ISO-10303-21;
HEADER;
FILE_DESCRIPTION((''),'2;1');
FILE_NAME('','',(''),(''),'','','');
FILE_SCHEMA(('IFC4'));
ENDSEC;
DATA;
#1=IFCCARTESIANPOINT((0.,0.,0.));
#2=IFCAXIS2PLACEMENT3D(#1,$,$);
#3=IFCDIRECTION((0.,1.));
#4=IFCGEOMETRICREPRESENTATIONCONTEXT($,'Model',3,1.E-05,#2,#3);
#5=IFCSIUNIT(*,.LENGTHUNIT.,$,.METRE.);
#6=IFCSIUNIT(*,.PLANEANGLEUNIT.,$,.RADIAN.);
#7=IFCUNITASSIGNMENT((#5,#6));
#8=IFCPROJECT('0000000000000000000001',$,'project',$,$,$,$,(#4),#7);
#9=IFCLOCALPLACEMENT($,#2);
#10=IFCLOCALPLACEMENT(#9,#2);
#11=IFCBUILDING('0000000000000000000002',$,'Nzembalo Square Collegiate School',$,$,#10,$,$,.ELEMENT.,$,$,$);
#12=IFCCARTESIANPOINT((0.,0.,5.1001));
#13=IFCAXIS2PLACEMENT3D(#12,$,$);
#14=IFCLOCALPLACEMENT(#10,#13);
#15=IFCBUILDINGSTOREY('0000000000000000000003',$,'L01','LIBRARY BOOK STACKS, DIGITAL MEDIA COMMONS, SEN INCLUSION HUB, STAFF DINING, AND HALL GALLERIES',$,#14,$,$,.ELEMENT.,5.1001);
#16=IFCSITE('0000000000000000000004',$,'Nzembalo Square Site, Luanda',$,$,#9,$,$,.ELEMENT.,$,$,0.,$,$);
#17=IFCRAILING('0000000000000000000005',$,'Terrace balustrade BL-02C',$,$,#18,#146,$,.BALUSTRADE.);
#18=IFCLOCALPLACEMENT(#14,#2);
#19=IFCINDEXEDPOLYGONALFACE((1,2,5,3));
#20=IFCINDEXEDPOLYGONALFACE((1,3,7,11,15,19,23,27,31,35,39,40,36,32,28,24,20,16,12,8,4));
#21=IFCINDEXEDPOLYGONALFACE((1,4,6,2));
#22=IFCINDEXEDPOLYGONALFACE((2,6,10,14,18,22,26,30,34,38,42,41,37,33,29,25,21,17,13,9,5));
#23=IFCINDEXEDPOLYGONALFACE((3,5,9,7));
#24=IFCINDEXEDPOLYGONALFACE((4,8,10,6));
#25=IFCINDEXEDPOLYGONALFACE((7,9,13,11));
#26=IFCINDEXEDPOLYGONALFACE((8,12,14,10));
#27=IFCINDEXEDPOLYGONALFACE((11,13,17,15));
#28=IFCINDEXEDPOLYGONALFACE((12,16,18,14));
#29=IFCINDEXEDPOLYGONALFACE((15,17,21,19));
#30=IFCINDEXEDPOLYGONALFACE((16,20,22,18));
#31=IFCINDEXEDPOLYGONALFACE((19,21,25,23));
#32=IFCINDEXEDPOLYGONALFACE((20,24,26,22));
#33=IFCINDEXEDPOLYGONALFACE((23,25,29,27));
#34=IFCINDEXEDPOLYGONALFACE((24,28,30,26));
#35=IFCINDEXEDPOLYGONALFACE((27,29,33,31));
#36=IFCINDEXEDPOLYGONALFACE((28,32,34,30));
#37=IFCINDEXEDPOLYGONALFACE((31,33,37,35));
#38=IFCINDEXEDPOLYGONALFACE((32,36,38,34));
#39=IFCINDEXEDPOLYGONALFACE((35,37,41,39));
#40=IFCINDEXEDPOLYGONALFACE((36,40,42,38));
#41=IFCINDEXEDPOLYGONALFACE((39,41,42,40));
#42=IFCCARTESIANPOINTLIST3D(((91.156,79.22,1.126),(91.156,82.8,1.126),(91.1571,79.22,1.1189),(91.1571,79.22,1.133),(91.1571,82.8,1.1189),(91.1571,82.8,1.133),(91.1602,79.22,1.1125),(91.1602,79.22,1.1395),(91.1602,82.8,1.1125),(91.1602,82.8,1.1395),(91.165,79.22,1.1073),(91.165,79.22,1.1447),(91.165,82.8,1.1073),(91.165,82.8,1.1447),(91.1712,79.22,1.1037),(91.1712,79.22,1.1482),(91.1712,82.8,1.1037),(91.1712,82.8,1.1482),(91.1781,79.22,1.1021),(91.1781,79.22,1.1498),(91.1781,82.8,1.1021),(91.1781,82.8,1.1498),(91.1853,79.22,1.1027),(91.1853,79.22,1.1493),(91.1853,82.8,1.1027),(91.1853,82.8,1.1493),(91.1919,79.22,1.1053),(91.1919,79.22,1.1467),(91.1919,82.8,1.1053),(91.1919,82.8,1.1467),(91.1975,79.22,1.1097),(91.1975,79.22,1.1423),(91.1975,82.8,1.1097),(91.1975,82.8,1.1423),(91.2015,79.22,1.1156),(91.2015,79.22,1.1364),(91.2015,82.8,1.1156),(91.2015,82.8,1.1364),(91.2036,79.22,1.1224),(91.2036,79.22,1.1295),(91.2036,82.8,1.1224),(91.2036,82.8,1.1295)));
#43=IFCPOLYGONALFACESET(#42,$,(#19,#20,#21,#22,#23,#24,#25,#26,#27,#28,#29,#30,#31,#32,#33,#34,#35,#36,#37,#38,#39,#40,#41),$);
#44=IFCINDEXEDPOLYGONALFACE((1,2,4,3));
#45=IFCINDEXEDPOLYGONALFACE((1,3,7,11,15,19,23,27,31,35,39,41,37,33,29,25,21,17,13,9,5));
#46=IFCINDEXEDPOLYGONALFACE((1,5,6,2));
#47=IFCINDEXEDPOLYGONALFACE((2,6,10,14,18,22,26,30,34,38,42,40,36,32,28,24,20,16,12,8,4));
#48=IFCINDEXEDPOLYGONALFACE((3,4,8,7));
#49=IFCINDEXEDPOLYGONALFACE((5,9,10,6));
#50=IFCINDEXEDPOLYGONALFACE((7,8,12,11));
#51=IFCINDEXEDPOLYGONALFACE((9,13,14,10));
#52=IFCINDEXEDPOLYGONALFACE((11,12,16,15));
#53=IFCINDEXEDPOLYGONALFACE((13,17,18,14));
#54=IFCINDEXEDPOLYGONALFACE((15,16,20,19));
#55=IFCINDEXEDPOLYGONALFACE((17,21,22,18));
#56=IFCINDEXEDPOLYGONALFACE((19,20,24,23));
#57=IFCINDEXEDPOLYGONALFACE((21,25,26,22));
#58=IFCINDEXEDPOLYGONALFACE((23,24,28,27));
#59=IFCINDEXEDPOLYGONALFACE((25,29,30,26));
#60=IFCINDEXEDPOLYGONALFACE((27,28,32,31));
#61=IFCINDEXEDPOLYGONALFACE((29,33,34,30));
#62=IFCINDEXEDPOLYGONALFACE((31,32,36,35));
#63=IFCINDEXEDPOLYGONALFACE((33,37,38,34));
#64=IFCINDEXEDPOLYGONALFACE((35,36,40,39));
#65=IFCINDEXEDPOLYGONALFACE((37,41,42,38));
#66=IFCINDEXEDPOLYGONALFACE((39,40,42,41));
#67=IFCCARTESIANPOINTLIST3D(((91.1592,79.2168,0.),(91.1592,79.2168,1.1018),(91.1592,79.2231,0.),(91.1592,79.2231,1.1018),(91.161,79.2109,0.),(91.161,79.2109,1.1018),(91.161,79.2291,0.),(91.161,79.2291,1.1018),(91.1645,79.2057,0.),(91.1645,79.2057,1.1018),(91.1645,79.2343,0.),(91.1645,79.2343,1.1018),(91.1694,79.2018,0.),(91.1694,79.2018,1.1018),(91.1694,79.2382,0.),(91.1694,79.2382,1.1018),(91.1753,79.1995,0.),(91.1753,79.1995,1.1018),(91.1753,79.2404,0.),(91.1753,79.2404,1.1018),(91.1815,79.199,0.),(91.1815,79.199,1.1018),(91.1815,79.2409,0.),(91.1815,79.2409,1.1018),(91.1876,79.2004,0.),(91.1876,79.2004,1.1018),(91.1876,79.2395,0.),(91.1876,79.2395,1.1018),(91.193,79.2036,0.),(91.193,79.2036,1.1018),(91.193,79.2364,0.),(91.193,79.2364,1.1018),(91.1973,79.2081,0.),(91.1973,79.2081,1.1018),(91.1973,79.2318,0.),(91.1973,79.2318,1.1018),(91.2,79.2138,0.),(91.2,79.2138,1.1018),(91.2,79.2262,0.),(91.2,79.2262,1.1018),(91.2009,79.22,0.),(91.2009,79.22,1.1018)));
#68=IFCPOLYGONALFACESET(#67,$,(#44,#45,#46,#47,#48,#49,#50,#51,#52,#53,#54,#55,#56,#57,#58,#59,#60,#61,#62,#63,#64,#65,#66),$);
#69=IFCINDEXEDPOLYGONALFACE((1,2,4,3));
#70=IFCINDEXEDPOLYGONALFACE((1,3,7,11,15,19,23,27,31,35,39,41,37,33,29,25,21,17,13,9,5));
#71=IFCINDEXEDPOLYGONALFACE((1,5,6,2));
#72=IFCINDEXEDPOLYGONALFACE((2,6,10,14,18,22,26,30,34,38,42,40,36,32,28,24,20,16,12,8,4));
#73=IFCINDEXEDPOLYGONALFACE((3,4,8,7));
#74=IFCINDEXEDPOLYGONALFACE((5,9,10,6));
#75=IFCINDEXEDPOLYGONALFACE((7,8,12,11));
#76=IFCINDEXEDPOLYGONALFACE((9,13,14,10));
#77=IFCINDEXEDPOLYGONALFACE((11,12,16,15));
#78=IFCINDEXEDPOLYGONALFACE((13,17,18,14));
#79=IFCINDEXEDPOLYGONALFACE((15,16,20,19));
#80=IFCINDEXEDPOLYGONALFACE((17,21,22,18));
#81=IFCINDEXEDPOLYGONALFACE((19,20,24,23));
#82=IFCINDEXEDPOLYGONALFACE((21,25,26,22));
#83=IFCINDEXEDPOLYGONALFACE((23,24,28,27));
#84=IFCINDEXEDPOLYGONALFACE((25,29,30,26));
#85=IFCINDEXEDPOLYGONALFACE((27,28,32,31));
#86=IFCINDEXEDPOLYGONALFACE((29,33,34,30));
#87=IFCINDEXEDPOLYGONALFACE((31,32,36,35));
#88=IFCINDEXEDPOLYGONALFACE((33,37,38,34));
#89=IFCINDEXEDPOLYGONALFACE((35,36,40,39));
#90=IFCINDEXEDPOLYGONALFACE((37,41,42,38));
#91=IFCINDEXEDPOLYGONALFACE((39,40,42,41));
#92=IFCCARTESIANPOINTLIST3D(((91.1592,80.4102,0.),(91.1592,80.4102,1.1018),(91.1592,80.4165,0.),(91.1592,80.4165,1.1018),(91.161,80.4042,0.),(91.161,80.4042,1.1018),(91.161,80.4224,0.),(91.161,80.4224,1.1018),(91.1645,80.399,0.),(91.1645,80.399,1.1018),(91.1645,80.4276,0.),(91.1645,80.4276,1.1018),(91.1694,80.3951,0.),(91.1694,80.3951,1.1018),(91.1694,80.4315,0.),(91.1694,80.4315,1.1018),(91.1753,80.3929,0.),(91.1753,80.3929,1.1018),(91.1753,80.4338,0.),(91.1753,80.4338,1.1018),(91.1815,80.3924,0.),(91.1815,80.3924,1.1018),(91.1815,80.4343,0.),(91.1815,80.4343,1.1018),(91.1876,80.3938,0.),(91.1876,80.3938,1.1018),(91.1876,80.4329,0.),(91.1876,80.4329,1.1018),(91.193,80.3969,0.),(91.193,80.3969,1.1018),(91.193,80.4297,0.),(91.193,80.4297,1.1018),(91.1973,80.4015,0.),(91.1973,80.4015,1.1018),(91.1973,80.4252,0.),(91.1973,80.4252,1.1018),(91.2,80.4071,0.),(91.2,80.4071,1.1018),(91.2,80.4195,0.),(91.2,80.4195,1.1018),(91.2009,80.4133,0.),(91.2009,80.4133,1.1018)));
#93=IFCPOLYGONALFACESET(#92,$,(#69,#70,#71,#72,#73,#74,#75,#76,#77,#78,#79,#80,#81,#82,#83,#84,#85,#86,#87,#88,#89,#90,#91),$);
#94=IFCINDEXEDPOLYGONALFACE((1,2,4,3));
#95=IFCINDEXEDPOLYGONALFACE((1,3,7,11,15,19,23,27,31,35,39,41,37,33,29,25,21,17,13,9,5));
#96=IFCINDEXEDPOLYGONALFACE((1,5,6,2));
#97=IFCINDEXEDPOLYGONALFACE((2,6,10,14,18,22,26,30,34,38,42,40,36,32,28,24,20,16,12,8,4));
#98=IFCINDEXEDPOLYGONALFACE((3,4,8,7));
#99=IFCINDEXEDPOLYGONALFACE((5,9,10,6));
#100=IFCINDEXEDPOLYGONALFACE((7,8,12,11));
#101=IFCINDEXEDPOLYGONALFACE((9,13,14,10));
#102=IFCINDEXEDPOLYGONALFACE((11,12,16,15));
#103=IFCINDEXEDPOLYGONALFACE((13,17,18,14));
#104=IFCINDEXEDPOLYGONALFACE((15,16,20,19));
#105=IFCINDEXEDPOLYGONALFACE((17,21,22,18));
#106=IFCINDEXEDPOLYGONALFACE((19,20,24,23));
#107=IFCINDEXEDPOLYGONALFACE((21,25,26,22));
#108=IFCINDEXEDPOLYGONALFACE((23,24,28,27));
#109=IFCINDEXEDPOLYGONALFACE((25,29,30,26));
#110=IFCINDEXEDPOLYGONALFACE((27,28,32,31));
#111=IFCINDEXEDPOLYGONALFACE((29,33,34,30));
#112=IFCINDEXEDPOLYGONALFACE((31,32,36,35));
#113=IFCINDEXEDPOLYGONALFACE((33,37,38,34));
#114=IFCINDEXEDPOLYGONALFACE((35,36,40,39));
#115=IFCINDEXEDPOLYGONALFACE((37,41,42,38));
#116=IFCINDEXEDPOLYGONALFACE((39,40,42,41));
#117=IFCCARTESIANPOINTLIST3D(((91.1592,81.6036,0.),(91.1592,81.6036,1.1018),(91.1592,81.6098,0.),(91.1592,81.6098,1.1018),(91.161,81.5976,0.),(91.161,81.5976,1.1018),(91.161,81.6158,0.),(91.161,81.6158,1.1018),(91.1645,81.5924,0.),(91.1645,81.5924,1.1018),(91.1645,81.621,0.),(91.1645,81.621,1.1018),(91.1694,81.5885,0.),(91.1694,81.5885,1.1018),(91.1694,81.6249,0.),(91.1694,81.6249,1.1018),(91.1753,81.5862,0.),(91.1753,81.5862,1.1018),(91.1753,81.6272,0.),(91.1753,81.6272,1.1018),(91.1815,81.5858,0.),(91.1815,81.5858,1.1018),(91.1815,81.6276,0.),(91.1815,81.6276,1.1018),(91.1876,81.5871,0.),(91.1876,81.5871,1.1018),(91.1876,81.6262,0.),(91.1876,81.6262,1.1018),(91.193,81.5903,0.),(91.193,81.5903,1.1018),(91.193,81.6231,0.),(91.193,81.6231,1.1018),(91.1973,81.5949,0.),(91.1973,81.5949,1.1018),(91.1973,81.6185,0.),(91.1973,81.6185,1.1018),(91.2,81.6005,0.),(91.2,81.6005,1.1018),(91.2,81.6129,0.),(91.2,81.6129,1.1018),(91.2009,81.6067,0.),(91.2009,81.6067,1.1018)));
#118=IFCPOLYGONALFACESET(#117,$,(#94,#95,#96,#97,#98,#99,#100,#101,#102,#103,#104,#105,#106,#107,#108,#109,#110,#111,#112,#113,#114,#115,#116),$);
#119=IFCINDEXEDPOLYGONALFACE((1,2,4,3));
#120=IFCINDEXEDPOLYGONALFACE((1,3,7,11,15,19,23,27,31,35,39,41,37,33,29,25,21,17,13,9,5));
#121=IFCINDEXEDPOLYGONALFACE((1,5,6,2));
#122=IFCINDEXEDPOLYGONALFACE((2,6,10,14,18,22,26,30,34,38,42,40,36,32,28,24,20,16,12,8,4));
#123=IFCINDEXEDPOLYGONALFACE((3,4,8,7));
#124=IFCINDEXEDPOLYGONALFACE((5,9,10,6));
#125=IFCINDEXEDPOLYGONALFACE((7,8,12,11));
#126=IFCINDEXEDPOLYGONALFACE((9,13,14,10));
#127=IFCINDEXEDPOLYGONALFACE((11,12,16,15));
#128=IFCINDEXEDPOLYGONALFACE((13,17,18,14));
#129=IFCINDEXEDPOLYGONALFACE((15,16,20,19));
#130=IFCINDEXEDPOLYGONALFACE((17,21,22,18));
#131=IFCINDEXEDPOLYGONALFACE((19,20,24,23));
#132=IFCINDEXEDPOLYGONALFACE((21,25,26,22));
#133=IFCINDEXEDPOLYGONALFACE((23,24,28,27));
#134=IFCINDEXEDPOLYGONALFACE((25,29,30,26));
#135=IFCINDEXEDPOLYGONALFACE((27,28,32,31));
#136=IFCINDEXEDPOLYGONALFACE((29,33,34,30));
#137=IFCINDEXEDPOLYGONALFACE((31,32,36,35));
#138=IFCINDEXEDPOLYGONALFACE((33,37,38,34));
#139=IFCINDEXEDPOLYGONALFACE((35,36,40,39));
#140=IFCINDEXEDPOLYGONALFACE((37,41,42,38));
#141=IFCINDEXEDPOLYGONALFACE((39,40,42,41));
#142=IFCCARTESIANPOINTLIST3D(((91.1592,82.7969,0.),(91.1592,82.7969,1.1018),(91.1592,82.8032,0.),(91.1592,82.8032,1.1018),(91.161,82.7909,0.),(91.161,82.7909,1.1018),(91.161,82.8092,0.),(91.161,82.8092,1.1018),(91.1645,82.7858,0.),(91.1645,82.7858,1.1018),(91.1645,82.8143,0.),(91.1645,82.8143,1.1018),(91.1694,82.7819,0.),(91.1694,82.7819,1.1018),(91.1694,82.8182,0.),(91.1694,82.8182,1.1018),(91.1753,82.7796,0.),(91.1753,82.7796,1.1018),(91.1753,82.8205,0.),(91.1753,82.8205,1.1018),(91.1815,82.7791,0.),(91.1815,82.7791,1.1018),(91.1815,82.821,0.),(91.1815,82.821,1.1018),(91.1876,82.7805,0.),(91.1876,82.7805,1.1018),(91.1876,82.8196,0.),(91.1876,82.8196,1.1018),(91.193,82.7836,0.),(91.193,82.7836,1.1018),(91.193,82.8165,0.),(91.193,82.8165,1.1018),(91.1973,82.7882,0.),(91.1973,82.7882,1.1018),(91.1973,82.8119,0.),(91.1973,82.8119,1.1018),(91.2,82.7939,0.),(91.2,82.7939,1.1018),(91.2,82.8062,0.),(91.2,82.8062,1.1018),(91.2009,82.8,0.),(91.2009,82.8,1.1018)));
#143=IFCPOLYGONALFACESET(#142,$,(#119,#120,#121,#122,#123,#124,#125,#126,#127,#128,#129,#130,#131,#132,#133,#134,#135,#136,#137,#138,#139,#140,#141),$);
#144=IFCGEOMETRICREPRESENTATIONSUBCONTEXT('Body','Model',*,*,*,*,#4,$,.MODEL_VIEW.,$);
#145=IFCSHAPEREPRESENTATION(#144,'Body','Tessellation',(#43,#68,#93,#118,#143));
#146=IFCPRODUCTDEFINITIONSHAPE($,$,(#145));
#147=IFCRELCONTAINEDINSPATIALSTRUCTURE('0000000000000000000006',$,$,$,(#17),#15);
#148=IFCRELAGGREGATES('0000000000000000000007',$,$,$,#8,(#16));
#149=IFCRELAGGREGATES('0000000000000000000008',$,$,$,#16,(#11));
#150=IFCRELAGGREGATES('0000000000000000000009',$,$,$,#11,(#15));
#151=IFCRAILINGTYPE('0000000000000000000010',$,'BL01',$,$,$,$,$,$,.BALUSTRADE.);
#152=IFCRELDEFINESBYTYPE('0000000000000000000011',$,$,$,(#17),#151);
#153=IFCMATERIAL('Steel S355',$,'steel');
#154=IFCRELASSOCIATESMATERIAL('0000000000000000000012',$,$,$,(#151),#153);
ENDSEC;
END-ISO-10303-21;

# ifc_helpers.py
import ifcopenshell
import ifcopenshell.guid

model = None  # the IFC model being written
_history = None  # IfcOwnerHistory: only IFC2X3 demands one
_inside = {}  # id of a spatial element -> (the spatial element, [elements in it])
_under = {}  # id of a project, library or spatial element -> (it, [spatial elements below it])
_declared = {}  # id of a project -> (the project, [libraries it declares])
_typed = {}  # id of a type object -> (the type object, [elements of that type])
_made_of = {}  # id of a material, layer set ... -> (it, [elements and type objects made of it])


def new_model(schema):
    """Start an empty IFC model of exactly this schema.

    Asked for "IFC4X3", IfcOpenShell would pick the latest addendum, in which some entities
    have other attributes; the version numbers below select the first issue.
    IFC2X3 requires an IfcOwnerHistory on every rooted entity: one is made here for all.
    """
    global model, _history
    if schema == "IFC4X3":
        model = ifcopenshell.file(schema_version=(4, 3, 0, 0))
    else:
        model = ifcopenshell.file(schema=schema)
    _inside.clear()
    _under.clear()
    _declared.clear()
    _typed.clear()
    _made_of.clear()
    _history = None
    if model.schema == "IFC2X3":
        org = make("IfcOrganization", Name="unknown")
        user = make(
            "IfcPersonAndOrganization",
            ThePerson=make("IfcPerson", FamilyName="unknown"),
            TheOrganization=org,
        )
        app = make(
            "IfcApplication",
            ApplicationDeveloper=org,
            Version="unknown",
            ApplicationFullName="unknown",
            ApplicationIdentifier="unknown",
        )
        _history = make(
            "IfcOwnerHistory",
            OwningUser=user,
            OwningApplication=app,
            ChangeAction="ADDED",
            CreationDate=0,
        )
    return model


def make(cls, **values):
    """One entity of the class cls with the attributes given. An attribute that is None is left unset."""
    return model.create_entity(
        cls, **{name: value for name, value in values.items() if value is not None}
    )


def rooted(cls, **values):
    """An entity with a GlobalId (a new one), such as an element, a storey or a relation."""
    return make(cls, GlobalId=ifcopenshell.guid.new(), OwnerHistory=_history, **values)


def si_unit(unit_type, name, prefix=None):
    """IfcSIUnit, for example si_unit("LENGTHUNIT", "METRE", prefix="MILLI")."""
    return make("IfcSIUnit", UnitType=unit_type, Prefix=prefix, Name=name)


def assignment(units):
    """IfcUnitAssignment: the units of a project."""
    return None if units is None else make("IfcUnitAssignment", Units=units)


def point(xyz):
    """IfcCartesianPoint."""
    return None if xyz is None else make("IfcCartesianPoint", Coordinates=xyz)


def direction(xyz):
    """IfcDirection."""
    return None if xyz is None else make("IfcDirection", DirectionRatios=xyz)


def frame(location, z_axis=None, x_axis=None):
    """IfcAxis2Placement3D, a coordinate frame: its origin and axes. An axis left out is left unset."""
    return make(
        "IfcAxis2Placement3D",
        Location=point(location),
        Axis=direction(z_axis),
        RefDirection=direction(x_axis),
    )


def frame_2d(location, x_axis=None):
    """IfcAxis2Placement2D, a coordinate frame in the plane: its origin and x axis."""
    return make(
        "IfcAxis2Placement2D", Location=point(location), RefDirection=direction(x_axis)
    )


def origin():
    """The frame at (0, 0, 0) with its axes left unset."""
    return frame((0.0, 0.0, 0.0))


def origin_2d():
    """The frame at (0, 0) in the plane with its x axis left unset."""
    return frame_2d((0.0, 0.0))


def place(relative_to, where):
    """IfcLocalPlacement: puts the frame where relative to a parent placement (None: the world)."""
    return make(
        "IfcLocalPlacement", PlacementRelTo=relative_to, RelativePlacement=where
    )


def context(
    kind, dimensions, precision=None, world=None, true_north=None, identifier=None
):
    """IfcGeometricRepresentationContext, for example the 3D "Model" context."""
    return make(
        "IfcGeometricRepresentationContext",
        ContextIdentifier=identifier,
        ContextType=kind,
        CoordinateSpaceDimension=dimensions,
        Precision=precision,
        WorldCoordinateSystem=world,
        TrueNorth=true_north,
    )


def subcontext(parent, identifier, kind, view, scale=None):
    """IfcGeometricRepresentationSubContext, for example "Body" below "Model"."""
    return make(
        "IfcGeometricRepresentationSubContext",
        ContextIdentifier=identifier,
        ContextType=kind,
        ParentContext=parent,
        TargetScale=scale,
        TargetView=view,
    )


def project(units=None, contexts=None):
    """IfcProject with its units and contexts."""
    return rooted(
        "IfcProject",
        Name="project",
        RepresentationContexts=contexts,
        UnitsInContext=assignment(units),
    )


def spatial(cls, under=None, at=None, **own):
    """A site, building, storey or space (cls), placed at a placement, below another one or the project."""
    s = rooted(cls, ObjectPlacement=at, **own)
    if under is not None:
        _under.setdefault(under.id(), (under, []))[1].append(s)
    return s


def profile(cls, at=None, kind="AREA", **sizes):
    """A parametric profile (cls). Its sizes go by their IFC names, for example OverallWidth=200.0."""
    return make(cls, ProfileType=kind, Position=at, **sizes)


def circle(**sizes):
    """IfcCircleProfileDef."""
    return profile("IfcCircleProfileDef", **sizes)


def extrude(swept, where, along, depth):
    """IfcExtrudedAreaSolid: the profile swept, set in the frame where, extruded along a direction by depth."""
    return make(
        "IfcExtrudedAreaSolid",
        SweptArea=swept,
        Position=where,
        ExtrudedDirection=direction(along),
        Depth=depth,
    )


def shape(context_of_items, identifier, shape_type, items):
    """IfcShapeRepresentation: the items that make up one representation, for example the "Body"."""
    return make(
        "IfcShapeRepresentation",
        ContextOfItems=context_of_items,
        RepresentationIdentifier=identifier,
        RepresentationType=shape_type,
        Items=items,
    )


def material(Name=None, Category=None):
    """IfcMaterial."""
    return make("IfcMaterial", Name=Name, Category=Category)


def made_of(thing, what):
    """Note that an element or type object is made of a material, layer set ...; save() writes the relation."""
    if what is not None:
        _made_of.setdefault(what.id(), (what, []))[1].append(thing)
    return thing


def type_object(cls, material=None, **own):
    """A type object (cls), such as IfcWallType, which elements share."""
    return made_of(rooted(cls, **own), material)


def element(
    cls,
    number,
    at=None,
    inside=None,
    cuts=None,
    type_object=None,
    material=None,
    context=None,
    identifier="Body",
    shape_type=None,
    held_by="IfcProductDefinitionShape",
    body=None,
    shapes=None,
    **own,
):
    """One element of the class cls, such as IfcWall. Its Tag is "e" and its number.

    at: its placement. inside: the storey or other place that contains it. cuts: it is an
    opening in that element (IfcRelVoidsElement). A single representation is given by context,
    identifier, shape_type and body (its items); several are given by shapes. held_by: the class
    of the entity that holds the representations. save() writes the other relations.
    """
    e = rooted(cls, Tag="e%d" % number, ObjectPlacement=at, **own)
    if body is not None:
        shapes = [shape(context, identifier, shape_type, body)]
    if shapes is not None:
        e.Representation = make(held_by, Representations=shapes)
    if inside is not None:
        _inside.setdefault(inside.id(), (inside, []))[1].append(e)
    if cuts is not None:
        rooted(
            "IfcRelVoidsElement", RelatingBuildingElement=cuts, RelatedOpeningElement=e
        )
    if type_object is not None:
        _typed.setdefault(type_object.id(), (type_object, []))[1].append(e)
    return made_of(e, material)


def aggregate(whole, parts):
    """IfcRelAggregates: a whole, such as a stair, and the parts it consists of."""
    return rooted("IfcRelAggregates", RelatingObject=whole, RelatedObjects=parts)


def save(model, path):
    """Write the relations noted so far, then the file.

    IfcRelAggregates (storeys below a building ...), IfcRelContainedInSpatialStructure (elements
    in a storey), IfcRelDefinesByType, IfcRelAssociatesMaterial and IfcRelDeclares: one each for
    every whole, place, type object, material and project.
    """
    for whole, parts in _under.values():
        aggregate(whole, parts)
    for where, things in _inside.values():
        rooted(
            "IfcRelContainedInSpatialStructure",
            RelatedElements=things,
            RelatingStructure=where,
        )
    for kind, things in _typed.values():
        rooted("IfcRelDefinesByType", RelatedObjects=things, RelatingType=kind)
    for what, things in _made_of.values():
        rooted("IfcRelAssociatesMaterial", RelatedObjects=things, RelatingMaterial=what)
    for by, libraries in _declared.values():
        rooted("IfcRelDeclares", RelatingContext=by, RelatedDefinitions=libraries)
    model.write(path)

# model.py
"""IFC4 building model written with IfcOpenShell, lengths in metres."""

from ifc_helpers import new_model, si_unit, direction, frame, origin, origin_2d, place, context, subcontext, project, spatial, circle, extrude, material, type_object, element, save


model = new_model("IFC4")

# Units and contexts
model_context = context("Model", 3, precision=1e-05, world=origin(), true_north=direction((0.0, 1.0)))
body_context = subcontext(model_context, "Body", "Model", "MODEL_VIEW")
ifc_project = project(units=[si_unit("LENGTHUNIT", "METRE"), si_unit("PLANEANGLEUNIT", "RADIAN")], contexts=[model_context])

# Site, building, storey
site_placement = place(None, origin())
site = spatial("IfcSite", under=ifc_project, at=site_placement, Name="Nzembalo Square Site, Luanda", CompositionType="ELEMENT", RefElevation=0.0)
building_placement = place(site_placement, origin())
building = spatial("IfcBuilding", under=site, at=building_placement, Name="Nzembalo Square Collegiate School", CompositionType="ELEMENT")
storey_placement = place(building_placement, frame((0.0, 0.0, 5.1001)))
storey = spatial("IfcBuildingStorey", under=building, at=storey_placement, Name="L01", Description="LIBRARY BOOK STACKS, DIGITAL MEDIA COMMONS, SEN INCLUSION HUB, STAFF DINING, AND HALL GALLERIES", CompositionType="ELEMENT", Elevation=5.1001)

# Railing
ifc_material_1 = material(Name="Steel S355", Category="steel")
railing_type = type_object("IfcRailingType", Name="BL01", PredefinedType="BALUSTRADE", material=ifc_material_1)
railing_placement = place(storey_placement, frame((91.1799, 79.22, 0.0)))
element("IfcRailing", 1, at=railing_placement, inside=storey, type_object=railing_type, Name="Terrace balustrade BL-02C", PredefinedType="BALUSTRADE", context=body_context, shape_type="SweptSolid", body=[
    extrude(circle(Radius=0.0239, at=origin_2d()), frame((0.0, 0.0, 1.126), z_axis=(0.0, 1.0, 0.0), x_axis=(-1.0, 0.0, 0.0)), (0.0, 0.0, 1.0), 3.5801),
    extrude(circle(Radius=0.021, at=origin_2d()), origin(), (0.0, 0.0, 1.0), 1.1018),
    extrude(circle(Radius=0.021, at=origin_2d()), frame((0.0, 1.1934, 0.0)), (0.0, 0.0, 1.0), 1.1018),
    extrude(circle(Radius=0.021, at=origin_2d()), frame((0.0, 2.3867, 0.0)), (0.0, 0.0, 1.0), 1.1018),
    extrude(circle(Radius=0.021, at=origin_2d()), frame((0.0, 3.5801, 0.0)), (0.0, 0.0, 1.0), 1.1018),
])

save(model, "model.ifc")
